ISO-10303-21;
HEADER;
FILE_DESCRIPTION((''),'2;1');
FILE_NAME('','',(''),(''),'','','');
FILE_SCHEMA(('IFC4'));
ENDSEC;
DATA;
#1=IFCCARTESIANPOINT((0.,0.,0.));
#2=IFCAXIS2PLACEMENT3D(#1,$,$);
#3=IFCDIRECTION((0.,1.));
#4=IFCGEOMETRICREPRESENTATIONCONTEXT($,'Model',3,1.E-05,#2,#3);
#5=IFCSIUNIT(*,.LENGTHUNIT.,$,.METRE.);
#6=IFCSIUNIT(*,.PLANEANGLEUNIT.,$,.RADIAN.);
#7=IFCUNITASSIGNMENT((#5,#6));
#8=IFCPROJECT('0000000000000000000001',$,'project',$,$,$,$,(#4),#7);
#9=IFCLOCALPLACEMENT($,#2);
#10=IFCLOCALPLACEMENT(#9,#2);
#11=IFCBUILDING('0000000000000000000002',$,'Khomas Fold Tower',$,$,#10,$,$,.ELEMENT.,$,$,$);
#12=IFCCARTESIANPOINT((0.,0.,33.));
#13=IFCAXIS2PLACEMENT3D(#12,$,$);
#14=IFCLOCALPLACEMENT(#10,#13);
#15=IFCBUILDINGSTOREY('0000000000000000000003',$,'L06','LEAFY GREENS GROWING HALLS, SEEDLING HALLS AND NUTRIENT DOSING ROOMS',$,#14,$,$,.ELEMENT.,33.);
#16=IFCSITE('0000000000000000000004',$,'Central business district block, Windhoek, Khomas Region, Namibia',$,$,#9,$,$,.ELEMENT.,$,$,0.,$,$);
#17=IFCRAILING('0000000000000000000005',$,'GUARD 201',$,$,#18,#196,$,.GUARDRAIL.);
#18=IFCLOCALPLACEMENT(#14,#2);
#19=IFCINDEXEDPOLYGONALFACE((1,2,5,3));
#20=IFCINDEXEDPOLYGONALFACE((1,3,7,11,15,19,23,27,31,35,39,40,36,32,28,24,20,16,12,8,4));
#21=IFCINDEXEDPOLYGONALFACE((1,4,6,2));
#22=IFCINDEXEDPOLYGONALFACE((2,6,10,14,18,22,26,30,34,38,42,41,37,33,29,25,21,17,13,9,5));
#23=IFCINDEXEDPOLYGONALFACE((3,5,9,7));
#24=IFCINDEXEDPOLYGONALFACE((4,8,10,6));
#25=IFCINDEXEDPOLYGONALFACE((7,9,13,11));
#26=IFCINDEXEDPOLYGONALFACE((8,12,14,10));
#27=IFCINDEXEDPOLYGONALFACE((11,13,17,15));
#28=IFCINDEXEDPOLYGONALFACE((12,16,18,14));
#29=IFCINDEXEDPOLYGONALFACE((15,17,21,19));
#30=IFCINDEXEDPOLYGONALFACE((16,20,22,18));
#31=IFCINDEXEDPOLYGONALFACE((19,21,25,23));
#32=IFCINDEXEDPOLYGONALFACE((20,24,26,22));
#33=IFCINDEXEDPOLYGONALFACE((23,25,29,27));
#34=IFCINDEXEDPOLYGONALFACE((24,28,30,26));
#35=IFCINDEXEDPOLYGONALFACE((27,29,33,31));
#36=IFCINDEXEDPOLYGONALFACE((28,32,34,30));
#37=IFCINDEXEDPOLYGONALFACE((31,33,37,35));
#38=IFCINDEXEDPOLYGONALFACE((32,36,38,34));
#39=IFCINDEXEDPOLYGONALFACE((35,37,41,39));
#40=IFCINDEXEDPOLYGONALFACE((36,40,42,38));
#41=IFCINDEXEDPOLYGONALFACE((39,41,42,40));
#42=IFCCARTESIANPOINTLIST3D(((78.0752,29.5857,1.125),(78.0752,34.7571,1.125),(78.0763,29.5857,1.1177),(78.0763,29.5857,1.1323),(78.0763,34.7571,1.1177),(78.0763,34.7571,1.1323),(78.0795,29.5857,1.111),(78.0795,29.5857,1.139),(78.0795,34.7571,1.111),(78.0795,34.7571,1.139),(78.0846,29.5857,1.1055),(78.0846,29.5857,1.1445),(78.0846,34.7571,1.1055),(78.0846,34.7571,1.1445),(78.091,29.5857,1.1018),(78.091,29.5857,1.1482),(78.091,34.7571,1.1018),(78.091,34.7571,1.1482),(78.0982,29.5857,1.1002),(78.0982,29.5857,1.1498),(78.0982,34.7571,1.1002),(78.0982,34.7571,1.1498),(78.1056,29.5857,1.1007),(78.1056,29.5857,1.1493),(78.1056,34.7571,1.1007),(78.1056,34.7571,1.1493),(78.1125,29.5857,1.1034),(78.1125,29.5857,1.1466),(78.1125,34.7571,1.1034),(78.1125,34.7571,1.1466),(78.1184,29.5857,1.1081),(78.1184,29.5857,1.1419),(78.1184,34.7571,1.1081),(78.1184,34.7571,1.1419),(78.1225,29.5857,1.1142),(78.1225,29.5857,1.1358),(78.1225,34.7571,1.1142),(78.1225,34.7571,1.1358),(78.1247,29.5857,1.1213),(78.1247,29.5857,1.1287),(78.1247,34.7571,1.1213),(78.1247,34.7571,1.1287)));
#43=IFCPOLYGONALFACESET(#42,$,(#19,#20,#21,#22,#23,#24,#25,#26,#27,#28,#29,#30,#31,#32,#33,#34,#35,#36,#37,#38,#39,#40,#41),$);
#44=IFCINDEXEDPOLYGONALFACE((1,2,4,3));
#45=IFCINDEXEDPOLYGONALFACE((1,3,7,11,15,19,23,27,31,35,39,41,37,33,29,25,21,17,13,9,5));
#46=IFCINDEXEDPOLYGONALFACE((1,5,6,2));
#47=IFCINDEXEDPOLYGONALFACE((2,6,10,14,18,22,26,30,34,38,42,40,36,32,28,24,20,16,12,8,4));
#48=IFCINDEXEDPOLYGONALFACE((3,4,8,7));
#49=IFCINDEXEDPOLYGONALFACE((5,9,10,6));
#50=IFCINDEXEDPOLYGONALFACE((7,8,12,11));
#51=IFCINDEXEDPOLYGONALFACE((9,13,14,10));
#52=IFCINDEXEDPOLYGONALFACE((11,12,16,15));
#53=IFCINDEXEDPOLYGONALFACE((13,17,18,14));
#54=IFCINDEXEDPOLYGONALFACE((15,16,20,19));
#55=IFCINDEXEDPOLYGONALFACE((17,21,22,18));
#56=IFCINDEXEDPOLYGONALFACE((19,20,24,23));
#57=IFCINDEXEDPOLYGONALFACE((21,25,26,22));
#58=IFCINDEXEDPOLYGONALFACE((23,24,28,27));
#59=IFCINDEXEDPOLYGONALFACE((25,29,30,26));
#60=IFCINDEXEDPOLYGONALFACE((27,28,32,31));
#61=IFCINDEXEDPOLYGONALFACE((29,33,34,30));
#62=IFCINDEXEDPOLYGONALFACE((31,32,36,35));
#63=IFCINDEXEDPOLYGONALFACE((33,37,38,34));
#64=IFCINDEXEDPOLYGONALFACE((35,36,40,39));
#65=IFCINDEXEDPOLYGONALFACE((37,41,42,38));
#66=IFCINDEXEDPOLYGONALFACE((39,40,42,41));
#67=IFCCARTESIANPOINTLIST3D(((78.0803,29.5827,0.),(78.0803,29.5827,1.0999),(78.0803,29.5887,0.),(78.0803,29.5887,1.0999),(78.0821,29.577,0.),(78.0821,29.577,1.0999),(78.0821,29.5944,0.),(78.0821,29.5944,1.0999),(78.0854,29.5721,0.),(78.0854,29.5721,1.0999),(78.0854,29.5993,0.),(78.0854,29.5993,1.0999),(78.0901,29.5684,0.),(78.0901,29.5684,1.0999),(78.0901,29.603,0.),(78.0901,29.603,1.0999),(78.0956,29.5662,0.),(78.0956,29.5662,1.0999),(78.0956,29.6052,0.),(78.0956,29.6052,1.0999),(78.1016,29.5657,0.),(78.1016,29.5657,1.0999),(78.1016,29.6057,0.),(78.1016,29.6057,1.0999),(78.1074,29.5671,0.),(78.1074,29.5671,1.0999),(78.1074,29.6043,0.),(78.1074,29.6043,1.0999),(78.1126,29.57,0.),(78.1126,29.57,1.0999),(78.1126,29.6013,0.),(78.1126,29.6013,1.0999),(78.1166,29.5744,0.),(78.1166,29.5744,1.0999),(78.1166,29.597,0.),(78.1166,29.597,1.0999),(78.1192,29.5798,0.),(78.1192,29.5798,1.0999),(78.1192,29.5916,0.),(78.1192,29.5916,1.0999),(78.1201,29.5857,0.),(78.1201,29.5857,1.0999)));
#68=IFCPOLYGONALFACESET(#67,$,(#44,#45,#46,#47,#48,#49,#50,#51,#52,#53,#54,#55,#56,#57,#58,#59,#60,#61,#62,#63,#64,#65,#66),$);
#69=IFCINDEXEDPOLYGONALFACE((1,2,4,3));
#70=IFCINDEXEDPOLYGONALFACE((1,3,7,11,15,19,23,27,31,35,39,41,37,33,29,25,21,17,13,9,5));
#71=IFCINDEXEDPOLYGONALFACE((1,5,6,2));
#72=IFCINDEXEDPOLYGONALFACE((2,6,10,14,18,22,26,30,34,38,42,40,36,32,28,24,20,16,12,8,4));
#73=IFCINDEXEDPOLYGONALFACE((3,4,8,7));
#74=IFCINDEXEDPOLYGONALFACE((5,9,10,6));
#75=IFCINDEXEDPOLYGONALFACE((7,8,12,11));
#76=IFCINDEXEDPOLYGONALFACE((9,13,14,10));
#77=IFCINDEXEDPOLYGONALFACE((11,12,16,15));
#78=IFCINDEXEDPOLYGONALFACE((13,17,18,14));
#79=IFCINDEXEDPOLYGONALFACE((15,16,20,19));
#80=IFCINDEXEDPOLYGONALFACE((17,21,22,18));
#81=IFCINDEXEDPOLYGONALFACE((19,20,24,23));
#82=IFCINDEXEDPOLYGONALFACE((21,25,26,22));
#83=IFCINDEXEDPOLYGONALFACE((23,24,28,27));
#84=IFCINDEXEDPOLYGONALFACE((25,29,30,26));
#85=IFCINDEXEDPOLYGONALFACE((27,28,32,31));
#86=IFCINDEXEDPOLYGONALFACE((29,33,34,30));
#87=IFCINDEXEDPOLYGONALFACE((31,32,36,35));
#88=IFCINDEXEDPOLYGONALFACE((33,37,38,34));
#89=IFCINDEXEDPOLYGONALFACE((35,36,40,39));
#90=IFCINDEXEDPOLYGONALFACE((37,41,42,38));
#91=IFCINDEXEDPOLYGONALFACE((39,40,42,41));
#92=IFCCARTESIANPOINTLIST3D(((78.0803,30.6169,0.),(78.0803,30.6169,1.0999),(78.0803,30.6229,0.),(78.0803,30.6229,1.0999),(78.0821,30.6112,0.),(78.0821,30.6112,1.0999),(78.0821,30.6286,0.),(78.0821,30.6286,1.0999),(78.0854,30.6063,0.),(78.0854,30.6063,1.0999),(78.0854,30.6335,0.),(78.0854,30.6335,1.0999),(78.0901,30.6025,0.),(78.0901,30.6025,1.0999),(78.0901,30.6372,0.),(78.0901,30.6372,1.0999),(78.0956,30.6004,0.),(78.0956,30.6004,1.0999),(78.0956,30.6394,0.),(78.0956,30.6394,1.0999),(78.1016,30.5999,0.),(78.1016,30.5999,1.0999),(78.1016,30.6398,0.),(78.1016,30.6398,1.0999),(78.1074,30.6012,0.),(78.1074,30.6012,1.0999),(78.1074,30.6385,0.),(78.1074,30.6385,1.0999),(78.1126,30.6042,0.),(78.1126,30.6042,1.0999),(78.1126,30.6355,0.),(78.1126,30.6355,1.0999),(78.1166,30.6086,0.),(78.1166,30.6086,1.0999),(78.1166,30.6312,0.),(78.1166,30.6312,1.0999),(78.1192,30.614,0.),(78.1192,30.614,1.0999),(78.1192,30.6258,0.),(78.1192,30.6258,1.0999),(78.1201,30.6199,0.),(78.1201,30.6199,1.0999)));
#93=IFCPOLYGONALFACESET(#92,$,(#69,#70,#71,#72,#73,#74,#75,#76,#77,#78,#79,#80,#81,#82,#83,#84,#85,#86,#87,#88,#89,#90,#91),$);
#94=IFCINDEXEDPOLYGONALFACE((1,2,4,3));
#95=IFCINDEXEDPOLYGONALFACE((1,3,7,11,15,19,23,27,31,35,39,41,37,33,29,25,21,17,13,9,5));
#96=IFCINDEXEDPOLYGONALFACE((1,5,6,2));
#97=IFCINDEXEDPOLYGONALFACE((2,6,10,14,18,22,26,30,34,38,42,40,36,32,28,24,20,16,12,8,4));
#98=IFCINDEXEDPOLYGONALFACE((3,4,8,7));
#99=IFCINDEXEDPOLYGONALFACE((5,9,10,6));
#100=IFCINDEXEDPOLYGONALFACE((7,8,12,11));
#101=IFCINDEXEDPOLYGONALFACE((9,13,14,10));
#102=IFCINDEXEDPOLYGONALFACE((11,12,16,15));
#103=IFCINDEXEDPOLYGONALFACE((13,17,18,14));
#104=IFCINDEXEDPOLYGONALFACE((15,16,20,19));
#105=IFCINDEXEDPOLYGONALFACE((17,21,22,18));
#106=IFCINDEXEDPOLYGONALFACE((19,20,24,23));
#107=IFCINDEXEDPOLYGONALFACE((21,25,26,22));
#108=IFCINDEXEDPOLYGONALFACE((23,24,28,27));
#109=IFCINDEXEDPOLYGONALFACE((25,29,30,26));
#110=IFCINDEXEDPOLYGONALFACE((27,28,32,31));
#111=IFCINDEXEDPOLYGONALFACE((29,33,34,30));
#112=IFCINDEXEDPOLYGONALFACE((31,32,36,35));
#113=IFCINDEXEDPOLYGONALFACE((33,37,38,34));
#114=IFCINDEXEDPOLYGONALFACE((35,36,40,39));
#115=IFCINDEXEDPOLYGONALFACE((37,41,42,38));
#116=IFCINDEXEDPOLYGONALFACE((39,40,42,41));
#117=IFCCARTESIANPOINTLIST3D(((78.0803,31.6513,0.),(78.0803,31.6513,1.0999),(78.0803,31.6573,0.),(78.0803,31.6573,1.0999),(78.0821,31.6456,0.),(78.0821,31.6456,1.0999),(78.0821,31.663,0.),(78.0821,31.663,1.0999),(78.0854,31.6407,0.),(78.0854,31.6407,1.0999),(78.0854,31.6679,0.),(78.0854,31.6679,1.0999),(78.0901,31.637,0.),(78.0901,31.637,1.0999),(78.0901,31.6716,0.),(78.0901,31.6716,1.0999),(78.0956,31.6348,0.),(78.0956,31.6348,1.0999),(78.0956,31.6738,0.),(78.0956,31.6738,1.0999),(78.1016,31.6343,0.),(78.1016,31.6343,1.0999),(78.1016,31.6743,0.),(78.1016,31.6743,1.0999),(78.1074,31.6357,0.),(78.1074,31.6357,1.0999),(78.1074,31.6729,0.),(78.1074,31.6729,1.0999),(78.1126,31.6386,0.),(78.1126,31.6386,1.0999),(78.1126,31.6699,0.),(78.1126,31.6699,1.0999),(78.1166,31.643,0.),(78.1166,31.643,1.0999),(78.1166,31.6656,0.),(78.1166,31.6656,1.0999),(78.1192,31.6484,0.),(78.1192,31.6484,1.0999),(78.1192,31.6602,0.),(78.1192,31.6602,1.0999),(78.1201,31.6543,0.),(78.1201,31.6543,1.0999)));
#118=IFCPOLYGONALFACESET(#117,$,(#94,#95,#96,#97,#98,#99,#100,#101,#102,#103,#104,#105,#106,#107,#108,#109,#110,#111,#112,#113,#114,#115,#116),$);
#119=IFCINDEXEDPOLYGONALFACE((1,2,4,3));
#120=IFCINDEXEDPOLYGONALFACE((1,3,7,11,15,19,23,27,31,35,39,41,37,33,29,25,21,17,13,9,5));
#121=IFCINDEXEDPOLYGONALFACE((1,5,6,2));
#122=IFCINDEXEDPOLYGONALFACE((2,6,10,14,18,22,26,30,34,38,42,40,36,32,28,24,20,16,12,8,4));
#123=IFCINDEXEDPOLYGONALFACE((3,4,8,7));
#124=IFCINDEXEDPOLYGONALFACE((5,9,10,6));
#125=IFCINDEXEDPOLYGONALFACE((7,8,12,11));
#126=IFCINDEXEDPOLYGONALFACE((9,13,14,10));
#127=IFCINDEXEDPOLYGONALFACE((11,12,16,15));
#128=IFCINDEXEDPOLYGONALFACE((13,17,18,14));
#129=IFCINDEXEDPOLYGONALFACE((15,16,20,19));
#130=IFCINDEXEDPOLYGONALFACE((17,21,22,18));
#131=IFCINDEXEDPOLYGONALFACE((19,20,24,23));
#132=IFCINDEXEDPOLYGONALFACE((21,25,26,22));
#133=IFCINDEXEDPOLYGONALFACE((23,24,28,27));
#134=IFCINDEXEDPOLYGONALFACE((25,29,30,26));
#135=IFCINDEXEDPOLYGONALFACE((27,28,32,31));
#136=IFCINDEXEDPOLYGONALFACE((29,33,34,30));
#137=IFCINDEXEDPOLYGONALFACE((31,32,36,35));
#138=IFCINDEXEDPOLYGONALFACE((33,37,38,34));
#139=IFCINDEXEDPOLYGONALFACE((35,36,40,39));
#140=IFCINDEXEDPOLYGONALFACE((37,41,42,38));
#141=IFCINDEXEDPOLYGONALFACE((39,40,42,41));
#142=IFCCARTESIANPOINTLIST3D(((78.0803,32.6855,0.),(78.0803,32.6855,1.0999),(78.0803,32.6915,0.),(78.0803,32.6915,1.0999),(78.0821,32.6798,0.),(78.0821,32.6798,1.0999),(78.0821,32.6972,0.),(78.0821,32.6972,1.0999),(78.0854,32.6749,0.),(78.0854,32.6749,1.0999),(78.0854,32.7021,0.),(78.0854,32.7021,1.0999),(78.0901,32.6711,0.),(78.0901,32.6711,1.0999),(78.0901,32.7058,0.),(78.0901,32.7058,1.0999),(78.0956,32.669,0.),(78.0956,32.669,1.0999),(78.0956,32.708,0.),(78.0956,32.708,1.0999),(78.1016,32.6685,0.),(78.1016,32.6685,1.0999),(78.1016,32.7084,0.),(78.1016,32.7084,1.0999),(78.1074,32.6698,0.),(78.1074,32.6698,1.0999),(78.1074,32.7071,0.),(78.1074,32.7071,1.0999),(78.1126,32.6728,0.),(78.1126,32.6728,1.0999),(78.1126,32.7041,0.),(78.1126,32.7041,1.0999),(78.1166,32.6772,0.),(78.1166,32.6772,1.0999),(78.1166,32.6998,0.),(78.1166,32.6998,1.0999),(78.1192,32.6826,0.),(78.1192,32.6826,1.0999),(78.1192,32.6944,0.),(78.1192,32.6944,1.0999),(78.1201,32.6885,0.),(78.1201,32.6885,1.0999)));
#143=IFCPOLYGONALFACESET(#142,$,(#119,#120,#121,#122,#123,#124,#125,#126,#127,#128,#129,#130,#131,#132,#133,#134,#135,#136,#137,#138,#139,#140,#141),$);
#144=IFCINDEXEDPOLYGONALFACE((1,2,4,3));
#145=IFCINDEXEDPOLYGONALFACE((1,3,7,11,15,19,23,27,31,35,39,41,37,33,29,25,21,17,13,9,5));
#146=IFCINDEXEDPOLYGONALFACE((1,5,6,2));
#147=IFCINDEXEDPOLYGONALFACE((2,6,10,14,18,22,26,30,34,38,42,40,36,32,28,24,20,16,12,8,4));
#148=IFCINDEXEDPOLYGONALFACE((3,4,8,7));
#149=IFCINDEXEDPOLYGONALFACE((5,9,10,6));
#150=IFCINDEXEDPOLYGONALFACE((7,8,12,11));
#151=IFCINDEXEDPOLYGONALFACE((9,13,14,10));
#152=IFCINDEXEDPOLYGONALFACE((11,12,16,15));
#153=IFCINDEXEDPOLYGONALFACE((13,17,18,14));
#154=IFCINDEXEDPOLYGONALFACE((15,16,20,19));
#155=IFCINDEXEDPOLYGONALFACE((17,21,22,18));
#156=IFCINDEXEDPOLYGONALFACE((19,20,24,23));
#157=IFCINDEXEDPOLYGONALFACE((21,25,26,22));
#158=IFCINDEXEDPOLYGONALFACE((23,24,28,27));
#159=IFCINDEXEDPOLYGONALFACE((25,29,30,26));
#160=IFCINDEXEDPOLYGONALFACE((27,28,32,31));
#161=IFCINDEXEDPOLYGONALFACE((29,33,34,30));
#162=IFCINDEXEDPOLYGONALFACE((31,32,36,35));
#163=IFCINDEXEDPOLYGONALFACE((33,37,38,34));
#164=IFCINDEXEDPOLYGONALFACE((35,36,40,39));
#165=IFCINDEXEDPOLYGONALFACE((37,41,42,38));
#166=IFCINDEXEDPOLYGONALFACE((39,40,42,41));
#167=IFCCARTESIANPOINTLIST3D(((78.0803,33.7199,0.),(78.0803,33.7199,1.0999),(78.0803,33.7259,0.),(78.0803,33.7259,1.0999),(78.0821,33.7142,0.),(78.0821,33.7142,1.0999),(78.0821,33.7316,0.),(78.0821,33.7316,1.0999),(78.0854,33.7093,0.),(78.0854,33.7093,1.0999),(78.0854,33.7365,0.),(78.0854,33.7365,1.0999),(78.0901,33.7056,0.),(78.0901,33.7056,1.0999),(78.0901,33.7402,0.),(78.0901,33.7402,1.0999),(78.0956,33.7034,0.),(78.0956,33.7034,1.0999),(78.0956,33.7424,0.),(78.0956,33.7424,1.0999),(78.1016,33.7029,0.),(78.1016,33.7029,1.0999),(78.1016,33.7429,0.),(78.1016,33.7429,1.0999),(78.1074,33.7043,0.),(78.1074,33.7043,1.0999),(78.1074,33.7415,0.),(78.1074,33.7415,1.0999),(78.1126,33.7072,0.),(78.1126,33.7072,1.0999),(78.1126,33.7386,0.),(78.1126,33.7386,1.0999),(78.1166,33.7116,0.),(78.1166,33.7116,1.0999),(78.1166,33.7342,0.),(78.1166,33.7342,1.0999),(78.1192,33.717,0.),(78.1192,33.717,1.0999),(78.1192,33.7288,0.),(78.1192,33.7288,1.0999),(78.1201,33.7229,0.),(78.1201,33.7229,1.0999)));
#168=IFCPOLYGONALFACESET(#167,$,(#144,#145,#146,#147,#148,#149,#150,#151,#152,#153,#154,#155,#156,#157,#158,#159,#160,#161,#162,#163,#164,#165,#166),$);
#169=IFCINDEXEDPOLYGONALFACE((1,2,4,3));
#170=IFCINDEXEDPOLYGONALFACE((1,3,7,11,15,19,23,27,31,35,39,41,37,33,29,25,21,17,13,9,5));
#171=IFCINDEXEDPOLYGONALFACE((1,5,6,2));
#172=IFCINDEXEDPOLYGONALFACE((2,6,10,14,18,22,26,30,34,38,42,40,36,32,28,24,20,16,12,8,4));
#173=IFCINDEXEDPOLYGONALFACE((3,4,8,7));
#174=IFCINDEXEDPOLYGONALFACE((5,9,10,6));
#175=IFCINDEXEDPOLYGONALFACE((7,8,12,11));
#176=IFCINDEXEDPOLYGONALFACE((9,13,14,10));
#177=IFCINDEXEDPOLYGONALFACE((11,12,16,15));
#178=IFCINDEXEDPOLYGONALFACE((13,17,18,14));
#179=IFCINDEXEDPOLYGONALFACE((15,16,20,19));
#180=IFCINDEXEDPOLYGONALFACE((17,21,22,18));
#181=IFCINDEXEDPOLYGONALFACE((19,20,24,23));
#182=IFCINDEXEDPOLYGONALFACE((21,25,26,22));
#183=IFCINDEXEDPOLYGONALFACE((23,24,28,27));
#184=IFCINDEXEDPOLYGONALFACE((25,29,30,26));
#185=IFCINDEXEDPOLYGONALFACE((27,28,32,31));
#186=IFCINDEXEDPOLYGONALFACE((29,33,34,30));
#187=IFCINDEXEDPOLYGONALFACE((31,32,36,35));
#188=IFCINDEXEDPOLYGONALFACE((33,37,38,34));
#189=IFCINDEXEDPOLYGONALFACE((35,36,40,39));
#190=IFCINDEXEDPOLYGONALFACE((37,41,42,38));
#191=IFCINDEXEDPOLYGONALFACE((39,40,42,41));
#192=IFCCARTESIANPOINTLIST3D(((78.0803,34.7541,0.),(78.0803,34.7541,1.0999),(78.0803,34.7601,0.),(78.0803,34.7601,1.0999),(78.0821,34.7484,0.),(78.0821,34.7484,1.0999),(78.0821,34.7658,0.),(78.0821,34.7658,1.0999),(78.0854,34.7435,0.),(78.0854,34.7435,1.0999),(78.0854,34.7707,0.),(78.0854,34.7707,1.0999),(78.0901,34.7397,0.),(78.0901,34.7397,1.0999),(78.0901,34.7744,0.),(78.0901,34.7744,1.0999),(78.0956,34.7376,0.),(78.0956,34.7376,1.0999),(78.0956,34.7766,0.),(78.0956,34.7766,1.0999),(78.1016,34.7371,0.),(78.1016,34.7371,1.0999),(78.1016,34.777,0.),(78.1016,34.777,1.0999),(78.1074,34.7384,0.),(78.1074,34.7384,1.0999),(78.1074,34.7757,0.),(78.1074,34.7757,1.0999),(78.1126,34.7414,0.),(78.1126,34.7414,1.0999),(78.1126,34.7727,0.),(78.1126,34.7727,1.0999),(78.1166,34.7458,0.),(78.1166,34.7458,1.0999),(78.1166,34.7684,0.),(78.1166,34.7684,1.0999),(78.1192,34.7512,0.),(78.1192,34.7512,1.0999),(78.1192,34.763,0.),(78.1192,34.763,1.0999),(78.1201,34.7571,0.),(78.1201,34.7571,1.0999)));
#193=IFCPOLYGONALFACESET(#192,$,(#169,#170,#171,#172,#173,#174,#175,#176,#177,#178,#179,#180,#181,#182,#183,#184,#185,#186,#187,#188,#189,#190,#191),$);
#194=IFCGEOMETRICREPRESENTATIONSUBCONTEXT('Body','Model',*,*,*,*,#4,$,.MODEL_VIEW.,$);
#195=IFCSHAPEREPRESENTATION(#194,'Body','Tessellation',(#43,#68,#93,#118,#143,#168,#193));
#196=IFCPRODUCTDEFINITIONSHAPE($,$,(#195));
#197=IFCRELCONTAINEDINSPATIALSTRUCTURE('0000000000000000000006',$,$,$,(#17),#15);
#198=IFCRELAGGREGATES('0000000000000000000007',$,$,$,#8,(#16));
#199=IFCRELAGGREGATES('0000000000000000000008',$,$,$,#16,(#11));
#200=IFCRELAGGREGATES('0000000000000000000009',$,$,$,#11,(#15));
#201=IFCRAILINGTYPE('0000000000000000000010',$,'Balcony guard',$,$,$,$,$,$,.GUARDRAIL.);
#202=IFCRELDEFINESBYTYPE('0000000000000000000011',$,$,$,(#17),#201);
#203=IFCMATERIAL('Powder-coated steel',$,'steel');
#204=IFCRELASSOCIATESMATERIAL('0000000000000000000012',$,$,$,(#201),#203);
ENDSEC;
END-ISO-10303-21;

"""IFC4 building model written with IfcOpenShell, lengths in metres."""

from ifc_helpers import new_model, si_unit, direction, frame, origin, origin_2d, place, context, subcontext, project, spatial, circle, extrude, source, transform, mapped, material, type_object, element, save


model = new_model("IFC4")

# Units and contexts
model_context = context("Model", 3, precision=1e-05, world=origin(), true_north=direction((0.0, 1.0)))
body_context = subcontext(model_context, "Body", "Model", "MODEL_VIEW")
ifc_project = project(units=[si_unit("LENGTHUNIT", "METRE"), si_unit("PLANEANGLEUNIT", "RADIAN")], contexts=[model_context])

# Site, building, storey
site_placement = place(None, origin())
site = spatial("IfcSite", under=ifc_project, at=site_placement, Name="Central business district block, Windhoek, Khomas Region, Namibia", CompositionType="ELEMENT", RefElevation=0.0)
building_placement = place(site_placement, origin())
building = spatial("IfcBuilding", under=site, at=building_placement, Name="Khomas Fold Tower", CompositionType="ELEMENT")
storey_placement = place(building_placement, frame((0.0, 0.0, 33.0)))
storey = spatial("IfcBuildingStorey", under=building, at=storey_placement, Name="L06", Description="LEAFY GREENS GROWING HALLS, SEEDLING HALLS AND NUTRIENT DOSING ROOMS", CompositionType="ELEMENT", Elevation=33.0)

# Railing
ifc_material_1 = material(Name="Powder-coated steel", Category="steel")
railing_type = type_object("IfcRailingType", Name="Balcony guard", PredefinedType="GUARDRAIL", material=ifc_material_1)
shared_shape_1 = source(origin(), body_context, "Body", "SweptSolid", [
    extrude(circle(Radius=0.0249, at=origin_2d()), frame((0.0, 0.0, 1.125), z_axis=(0.0, 1.0, 0.0), x_axis=(-1.0, 0.0, 0.0)), (0.0, 0.0, 1.0), 5.1714),
    extrude(circle(Radius=0.02, at=origin_2d()), origin(), (0.0, 0.0, 1.0), 1.0999),
    extrude(circle(Radius=0.02, at=origin_2d()), frame((0.0, 1.0342, 0.0)), (0.0, 0.0, 1.0), 1.0999),
    extrude(circle(Radius=0.02, at=origin_2d()), frame((0.0, 2.0686, 0.0)), (0.0, 0.0, 1.0), 1.0999),
    extrude(circle(Radius=0.02, at=origin_2d()), frame((0.0, 3.1028, 0.0)), (0.0, 0.0, 1.0), 1.0999),
    extrude(circle(Radius=0.02, at=origin_2d()), frame((0.0, 4.1372, 0.0)), (0.0, 0.0, 1.0), 1.0999),
    extrude(circle(Radius=0.02, at=origin_2d()), frame((0.0, 5.1714, 0.0)), (0.0, 0.0, 1.0), 1.0999),
])
for number, where, name in (
    (1, (78.1001, 29.5857, 0.0), "GUARD 201"),
):
    element("IfcRailing", number, at=place(storey_placement, frame(where)), inside=storey, type_object=railing_type, Name=name, PredefinedType="GUARDRAIL", context=body_context, shape_type="MappedRepresentation", body=[
        mapped(shared_shape_1, transform((0.0, 0.0, 0.0))),
    ])

save(model, "model.ifc")
